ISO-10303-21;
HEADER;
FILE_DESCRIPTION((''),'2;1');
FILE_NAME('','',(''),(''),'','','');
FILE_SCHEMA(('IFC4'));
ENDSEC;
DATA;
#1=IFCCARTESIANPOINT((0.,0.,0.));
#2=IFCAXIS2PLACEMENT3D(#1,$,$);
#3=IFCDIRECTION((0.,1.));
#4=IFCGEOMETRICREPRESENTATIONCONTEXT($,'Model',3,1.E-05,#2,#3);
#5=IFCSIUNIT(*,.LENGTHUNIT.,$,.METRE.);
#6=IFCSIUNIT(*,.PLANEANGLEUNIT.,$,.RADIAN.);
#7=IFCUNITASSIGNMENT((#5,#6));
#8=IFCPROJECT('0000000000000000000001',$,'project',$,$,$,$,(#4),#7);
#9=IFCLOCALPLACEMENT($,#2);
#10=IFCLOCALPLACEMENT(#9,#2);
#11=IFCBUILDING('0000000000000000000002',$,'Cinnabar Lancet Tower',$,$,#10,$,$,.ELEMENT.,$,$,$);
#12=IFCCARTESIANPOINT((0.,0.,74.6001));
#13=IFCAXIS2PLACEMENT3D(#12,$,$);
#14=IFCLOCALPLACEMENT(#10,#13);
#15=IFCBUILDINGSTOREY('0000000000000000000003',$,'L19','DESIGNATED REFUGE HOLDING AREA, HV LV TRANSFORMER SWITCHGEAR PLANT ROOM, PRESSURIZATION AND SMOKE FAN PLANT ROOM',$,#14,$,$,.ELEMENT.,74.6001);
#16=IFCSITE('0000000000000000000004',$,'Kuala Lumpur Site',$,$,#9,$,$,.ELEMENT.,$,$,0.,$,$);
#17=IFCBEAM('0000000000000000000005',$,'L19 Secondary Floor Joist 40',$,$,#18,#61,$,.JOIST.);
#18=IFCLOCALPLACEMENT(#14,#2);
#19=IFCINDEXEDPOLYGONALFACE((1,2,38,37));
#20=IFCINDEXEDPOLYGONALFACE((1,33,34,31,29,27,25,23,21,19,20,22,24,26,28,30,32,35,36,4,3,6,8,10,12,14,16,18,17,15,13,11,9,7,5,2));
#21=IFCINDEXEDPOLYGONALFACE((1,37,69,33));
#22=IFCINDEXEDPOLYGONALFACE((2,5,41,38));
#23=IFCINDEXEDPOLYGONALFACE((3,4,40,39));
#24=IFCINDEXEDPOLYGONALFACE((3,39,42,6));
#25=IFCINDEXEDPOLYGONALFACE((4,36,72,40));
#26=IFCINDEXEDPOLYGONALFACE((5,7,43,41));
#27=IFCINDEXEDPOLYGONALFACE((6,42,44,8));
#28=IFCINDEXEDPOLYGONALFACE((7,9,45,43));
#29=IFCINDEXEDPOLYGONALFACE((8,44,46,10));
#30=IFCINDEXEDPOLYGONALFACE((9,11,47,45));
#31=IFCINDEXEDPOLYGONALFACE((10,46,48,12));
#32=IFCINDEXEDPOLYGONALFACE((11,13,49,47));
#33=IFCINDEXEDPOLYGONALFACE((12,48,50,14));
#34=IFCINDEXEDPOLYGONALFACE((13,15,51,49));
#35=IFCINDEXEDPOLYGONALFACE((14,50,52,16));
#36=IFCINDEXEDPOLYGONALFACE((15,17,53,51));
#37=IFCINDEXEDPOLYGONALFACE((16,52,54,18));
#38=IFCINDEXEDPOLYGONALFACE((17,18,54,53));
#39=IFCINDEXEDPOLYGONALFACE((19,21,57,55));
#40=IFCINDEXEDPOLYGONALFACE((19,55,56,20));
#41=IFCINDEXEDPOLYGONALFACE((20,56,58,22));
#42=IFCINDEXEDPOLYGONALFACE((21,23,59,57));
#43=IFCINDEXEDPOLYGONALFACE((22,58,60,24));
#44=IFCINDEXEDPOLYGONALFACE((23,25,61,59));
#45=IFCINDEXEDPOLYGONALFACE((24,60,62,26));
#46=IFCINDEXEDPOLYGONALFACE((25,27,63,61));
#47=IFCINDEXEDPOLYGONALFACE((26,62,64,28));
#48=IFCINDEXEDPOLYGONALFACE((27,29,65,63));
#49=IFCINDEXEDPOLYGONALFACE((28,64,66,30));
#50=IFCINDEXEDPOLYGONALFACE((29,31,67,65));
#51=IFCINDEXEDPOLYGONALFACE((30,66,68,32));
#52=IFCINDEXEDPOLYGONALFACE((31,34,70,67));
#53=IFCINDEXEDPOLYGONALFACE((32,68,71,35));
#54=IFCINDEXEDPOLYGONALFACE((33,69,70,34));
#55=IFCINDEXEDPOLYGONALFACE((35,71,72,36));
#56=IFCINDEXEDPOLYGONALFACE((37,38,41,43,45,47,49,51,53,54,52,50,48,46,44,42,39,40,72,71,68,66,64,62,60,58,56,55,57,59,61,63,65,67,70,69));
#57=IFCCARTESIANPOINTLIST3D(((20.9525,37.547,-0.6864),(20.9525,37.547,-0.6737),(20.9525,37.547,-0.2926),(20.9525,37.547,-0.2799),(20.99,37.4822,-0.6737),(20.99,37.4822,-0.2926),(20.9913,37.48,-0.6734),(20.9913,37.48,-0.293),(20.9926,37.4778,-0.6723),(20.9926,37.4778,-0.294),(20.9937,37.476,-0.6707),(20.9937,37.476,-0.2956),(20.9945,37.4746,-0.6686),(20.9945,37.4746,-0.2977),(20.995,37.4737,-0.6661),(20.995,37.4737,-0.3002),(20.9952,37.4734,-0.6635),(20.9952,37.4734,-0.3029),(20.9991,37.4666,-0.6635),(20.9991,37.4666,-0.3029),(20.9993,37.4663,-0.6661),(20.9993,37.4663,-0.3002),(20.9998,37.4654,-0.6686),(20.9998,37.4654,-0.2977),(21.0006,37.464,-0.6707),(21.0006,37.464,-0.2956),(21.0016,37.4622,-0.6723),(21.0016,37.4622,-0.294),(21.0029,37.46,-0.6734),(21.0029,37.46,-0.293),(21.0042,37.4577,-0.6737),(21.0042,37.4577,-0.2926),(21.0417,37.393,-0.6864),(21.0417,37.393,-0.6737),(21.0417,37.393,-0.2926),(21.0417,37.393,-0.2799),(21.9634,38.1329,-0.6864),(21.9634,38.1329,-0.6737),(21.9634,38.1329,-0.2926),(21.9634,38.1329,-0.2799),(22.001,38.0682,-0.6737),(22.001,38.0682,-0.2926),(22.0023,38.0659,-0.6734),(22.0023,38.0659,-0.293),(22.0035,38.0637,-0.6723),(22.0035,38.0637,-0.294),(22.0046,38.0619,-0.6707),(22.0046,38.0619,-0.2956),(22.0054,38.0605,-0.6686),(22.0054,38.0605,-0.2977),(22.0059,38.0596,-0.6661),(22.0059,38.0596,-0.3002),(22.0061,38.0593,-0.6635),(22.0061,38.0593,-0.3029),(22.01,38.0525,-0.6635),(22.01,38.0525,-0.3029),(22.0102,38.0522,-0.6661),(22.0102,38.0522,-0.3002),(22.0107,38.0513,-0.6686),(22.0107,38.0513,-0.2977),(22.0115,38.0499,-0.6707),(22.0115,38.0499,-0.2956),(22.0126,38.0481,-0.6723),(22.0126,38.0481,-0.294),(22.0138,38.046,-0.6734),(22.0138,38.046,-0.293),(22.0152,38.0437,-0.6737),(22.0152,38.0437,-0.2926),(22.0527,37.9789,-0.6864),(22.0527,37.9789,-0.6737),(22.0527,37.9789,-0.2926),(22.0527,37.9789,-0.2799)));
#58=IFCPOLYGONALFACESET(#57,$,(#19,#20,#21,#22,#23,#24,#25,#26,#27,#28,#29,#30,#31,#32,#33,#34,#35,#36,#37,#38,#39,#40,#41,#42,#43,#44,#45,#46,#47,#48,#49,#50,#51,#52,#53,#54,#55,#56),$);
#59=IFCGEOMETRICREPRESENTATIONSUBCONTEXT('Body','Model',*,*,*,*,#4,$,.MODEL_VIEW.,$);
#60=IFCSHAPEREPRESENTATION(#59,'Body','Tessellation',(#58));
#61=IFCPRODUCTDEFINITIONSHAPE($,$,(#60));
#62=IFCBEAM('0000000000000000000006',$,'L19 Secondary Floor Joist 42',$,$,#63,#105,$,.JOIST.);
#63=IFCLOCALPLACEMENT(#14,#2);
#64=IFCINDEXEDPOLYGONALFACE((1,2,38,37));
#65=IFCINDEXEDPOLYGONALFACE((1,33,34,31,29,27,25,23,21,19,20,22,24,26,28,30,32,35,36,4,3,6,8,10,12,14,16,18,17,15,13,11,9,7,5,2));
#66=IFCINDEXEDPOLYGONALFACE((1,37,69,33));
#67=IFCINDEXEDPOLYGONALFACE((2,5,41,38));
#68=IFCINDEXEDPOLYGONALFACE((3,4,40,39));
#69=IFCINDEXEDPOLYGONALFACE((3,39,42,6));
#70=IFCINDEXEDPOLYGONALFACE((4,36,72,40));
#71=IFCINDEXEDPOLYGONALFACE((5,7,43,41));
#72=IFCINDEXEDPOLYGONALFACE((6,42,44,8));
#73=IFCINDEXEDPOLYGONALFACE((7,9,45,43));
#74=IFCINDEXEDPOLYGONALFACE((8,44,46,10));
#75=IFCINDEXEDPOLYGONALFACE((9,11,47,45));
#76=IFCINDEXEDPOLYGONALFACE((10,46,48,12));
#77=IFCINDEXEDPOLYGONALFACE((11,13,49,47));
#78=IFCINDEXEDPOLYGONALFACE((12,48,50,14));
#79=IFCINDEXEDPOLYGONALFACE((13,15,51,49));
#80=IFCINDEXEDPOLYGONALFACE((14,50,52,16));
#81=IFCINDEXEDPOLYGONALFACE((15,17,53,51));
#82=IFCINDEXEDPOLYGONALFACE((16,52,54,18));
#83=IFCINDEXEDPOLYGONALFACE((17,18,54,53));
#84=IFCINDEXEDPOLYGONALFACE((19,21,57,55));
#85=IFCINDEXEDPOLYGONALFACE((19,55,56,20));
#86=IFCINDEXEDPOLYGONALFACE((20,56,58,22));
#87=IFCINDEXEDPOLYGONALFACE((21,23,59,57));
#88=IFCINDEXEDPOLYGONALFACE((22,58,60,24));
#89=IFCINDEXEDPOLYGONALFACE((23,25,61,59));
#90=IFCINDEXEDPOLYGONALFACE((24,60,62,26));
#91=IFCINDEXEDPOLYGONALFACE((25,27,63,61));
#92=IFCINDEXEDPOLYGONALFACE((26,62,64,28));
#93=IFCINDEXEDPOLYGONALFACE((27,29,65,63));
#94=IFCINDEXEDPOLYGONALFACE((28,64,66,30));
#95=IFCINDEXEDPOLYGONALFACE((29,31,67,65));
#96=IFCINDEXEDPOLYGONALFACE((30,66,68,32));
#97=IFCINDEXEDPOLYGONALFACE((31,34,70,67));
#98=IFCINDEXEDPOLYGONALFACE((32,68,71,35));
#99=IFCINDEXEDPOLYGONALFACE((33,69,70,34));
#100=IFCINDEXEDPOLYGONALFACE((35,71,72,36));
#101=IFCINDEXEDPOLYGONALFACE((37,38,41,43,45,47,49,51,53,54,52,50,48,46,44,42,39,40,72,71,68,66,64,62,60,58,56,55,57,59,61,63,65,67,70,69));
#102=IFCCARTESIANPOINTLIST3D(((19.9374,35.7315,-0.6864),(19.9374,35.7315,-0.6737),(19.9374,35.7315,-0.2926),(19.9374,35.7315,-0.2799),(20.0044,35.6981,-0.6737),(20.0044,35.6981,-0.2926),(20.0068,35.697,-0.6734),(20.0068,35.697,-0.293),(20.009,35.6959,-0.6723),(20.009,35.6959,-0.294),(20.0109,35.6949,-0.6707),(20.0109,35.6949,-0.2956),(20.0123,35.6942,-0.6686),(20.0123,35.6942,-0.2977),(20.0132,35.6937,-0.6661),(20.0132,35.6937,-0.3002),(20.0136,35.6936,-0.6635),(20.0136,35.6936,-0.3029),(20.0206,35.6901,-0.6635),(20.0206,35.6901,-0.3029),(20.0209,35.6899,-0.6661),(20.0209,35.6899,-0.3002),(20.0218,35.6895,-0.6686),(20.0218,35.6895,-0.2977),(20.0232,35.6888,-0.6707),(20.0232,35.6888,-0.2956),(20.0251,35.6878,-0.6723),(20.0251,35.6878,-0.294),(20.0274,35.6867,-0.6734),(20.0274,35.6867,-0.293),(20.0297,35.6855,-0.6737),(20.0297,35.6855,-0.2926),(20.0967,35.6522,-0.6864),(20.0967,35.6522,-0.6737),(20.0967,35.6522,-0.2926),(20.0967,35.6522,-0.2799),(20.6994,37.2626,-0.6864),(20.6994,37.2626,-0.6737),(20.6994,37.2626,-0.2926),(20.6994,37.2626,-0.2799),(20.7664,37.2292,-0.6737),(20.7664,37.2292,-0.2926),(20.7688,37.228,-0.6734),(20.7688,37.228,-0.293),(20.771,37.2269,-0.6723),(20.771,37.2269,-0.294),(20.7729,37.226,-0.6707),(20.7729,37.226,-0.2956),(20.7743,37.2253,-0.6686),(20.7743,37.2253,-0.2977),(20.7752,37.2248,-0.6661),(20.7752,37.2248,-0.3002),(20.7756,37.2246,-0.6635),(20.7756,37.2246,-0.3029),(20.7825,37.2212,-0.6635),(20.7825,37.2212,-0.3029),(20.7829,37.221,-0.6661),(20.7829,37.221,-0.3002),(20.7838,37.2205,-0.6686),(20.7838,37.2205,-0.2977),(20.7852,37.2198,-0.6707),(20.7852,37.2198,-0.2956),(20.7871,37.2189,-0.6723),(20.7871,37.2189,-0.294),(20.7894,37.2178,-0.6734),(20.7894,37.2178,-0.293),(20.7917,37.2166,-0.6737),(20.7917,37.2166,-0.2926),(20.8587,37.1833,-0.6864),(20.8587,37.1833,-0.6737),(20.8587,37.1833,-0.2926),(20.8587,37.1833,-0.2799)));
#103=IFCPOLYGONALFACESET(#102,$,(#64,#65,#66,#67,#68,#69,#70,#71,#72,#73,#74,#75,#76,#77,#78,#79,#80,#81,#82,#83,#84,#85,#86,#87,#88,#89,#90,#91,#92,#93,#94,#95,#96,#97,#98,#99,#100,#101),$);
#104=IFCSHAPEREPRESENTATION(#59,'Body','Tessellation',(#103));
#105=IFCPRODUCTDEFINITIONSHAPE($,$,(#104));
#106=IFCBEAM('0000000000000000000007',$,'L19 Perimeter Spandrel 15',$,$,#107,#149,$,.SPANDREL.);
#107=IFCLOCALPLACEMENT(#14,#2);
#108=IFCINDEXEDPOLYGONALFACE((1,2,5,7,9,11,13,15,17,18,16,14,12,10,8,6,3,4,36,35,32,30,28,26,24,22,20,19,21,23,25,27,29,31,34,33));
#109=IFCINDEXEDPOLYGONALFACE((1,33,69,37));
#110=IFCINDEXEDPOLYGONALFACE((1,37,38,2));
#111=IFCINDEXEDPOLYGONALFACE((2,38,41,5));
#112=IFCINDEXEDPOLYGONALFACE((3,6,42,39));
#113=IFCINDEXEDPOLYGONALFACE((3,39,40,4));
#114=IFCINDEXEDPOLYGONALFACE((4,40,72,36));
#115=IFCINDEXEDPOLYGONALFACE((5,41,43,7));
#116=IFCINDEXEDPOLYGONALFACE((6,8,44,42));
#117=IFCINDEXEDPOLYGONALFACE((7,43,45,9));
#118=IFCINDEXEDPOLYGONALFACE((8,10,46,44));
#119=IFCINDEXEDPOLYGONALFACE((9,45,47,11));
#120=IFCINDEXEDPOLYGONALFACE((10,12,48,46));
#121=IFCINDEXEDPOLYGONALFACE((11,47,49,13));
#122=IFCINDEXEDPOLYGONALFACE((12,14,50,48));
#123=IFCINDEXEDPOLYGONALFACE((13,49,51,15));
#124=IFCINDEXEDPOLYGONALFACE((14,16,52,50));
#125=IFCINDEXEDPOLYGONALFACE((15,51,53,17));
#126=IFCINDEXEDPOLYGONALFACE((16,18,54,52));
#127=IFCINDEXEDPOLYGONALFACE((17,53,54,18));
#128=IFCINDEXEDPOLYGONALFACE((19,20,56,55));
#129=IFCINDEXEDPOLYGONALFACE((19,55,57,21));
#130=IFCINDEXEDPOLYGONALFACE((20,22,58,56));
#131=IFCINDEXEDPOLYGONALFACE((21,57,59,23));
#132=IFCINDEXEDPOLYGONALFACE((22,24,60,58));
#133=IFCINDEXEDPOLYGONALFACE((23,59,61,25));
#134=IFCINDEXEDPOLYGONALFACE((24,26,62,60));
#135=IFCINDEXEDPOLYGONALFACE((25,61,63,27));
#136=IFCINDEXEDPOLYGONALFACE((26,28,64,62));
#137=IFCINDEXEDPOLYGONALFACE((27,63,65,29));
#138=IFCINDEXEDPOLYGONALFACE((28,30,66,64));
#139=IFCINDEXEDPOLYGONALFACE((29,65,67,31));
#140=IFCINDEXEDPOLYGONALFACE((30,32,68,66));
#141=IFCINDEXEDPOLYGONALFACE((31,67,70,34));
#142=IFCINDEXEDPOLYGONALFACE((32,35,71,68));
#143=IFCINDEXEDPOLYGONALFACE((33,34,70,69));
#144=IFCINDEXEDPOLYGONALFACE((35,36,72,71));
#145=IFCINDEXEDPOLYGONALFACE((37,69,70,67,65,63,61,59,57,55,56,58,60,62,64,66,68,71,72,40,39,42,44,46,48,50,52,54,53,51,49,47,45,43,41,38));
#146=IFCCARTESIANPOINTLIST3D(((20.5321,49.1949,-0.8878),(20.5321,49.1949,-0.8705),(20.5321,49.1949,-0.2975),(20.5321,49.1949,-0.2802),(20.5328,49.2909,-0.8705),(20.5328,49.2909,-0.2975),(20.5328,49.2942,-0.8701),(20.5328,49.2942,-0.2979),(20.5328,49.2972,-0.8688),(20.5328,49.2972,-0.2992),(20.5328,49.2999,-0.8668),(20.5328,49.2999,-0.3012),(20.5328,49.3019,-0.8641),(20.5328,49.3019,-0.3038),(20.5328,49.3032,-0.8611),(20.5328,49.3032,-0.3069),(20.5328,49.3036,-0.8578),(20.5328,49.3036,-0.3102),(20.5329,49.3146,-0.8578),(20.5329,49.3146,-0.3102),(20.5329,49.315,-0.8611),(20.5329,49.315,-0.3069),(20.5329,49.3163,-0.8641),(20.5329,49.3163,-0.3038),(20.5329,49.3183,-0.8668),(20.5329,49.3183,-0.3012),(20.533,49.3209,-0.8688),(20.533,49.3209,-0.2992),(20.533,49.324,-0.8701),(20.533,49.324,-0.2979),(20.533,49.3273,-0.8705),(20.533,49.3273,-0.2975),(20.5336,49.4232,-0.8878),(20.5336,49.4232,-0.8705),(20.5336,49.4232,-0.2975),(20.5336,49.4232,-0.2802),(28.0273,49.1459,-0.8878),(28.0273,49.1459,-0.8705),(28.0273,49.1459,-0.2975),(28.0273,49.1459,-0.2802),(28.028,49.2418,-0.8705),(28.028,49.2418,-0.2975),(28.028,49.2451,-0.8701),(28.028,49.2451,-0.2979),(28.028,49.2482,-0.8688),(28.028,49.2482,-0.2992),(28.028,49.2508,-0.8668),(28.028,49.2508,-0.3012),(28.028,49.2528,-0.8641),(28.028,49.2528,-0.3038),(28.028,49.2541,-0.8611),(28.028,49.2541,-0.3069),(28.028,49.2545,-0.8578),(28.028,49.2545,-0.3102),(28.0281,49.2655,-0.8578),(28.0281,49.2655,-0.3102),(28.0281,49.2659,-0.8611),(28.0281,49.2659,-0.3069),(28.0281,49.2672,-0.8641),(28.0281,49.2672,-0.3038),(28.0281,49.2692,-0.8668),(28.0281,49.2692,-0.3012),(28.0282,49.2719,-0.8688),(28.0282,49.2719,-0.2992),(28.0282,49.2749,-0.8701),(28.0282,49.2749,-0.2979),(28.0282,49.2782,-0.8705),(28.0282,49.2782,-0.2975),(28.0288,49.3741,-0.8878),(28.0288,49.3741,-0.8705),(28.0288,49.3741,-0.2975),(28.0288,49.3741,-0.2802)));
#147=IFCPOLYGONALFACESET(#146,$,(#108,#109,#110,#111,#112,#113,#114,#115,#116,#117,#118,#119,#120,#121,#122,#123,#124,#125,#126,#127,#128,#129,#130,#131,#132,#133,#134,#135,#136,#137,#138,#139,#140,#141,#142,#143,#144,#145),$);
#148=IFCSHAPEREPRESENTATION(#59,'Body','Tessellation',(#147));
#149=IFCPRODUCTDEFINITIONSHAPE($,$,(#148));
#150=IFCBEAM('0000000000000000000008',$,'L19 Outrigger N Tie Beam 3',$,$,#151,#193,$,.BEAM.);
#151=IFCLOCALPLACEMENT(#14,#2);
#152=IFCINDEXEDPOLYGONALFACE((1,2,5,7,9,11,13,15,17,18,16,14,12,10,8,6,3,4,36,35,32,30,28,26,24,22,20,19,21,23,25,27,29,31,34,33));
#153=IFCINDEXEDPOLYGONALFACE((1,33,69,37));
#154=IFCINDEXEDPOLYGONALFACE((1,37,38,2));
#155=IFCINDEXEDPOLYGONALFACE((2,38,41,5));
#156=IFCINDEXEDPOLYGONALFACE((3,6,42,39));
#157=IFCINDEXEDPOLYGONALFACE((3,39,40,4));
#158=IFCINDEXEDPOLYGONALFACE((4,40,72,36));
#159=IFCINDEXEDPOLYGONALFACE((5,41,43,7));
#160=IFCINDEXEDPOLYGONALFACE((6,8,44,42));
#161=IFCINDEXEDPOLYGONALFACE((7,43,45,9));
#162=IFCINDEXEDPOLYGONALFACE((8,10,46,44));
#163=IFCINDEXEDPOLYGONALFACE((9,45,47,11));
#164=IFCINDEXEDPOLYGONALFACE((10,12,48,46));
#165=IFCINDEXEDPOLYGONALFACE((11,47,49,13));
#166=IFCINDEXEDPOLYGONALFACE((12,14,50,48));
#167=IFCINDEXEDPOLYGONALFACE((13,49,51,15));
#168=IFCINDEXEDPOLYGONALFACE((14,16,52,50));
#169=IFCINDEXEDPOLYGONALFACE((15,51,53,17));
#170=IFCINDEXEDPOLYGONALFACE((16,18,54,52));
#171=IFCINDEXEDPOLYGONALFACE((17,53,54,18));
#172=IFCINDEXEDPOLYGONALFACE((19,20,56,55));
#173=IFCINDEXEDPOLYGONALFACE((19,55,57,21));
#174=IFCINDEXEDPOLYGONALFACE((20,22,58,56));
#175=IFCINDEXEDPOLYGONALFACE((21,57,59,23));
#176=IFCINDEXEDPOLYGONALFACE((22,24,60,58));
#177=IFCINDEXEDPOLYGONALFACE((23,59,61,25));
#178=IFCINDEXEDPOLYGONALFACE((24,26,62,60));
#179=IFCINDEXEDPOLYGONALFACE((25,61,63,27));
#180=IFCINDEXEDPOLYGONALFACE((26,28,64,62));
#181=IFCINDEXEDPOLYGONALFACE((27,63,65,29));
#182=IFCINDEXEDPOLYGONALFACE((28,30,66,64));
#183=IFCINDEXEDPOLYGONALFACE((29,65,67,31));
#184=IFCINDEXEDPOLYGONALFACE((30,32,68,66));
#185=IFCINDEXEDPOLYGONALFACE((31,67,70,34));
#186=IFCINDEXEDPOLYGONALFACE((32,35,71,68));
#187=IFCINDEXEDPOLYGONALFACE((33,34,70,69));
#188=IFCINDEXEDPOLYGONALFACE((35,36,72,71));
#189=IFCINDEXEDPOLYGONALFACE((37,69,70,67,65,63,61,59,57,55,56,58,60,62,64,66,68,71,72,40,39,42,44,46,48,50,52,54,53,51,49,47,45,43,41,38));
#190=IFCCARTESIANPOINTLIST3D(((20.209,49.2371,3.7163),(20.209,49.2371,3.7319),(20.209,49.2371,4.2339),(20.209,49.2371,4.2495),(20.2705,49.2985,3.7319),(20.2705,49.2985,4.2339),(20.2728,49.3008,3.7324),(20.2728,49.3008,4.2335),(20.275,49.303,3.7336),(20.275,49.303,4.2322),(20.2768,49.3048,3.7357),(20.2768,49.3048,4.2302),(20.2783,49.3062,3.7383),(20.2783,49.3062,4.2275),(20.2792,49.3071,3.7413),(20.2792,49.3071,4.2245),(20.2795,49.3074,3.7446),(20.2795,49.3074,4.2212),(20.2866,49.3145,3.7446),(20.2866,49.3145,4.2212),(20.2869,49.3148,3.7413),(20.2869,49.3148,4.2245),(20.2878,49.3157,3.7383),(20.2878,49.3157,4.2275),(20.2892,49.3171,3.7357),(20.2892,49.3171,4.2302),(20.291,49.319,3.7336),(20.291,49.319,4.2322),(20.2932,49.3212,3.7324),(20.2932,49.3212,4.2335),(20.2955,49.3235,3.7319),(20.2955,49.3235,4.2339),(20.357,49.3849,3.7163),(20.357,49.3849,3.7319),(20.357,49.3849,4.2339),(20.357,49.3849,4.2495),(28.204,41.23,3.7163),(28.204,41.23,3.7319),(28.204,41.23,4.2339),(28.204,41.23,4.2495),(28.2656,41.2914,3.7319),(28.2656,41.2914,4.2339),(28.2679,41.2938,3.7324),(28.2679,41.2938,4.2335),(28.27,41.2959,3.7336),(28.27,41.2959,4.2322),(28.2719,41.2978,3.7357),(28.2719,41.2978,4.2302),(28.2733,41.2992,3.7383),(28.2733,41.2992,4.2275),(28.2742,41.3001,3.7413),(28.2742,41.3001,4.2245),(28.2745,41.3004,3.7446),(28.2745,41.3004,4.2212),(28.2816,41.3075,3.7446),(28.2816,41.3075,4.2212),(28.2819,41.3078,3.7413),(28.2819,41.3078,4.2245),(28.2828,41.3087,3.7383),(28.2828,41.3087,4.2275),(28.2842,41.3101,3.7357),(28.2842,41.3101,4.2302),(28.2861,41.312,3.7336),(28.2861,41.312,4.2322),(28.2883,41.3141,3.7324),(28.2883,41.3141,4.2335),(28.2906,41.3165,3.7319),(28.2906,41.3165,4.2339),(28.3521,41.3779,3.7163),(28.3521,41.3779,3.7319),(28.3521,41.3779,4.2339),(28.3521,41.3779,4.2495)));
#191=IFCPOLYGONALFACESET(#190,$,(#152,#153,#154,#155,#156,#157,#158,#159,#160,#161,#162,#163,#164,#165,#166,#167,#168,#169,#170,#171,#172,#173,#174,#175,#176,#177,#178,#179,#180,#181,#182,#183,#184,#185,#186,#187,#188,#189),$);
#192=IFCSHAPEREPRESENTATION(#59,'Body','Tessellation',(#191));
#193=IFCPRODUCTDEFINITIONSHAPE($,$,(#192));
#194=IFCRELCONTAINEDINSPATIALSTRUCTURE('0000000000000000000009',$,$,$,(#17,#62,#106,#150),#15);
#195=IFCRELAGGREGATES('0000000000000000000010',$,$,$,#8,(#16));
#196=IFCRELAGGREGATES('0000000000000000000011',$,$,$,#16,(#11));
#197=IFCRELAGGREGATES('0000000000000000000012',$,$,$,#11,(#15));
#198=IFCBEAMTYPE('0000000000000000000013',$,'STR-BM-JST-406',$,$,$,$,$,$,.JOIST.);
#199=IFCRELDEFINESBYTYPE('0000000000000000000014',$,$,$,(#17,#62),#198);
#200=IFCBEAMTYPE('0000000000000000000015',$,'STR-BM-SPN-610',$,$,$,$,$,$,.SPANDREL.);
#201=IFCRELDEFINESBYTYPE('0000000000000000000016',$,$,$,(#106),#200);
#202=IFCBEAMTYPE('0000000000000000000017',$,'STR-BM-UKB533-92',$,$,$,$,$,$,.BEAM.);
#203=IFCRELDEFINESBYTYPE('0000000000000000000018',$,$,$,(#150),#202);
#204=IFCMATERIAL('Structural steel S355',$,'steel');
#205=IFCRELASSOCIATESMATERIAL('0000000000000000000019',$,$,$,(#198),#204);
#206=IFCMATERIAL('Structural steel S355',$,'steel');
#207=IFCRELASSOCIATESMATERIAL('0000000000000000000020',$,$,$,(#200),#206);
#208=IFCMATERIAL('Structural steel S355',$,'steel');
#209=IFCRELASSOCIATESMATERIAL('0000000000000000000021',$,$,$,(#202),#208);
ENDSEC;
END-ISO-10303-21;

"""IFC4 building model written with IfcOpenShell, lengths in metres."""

from ifc_helpers import new_model, si_unit, direction, frame, origin, origin_2d, place, context, subcontext, project, spatial, i_section, extrude, material, material_profile, profile_set, type_object, element, save


model = new_model("IFC4")

# Units and contexts
model_context = context("Model", 3, precision=1e-05, world=origin(), true_north=direction((0.0, 1.0)))
body_context = subcontext(model_context, "Body", "Model", "MODEL_VIEW")
ifc_project = project(units=[si_unit("LENGTHUNIT", "METRE"), si_unit("PLANEANGLEUNIT", "RADIAN")], contexts=[model_context])

# Site, building, storey
site_placement = place(None, origin())
site = spatial("IfcSite", under=ifc_project, at=site_placement, Name="Kuala Lumpur Site", CompositionType="ELEMENT", RefElevation=0.0)
building_placement = place(site_placement, origin())
building = spatial("IfcBuilding", under=site, at=building_placement, Name="Cinnabar Lancet Tower", CompositionType="ELEMENT")
storey_placement = place(building_placement, frame((0.0, 0.0, 74.6001)))
storey = spatial("IfcBuildingStorey", under=building, at=storey_placement, Name="L19", Description="DESIGNATED REFUGE HOLDING AREA, HV LV TRANSFORMER SWITCHGEAR PLANT ROOM, PRESSURIZATION AND SMOKE FAN PLANT ROOM", CompositionType="ELEMENT", Elevation=74.6001)

# Beams
ifc_material_1 = material(Name="Structural steel S355", Category="steel")
ifc_material_profile_1 = material_profile(ifc_material_1, i_section(OverallWidth=0.178, OverallDepth=0.4065, WebThickness=0.0078, FlangeThickness=0.0127, FilletRadius=0.0103, at=origin_2d()), Name="UKB 406x178x60")
ifc_profile_set_1 = profile_set([ifc_material_profile_1], Name="Structural steel S355")
beam_type_1 = type_object("IfcBeamType", Name="STR-BM-JST-406", PredefinedType="JOIST", material=ifc_profile_set_1)
beam_1_placement = place(storey_placement, frame((22.0081, 38.0559, -0.4832), z_axis=(-0.865193, -0.50144, 0.0), x_axis=(0.50144, -0.865193, 0.0)))
element("IfcBeam", 1, at=beam_1_placement, inside=storey, type_object=beam_type_1, Name="L19 Secondary Floor Joist 40", PredefinedType="JOIST", context=body_context, shape_type="SweptSolid", body=[
    extrude(i_section(OverallWidth=0.178, OverallDepth=0.4065, WebThickness=0.0078, FlangeThickness=0.0127, FilletRadius=0.0103, at=origin_2d()), origin(), (0.0, 0.0, 1.0), 1.1685),
])
beam_2_placement = place(storey_placement, frame((20.7791, 37.2229, -0.4832), z_axis=(-0.445557, -0.895254, 0.0), x_axis=(0.895254, -0.445557, 0.0)))
element("IfcBeam", 2, at=beam_2_placement, inside=storey, type_object=beam_type_1, Name="L19 Secondary Floor Joist 42", PredefinedType="JOIST", context=body_context, shape_type="SweptSolid", body=[
    extrude(i_section(OverallWidth=0.178, OverallDepth=0.4065, WebThickness=0.0078, FlangeThickness=0.0127, FilletRadius=0.0103, at=origin_2d()), origin(), (0.0, 0.0, 1.0), 1.7102),
])
ifc_material_2 = material(Name="Structural steel S355", Category="steel")
ifc_material_profile_2 = material_profile(ifc_material_2, i_section(OverallWidth=0.2283, OverallDepth=0.6077, WebThickness=0.011, FlangeThickness=0.0173, FilletRadius=0.0127, at=origin_2d()), Name="UKB 610x229x113")
ifc_profile_set_2 = profile_set([ifc_material_profile_2], Name="Structural steel S355")
beam_type_2 = type_object("IfcBeamType", Name="STR-BM-SPN-610", PredefinedType="SPANDREL", material=ifc_profile_set_2)
beam_3_placement = place(storey_placement, frame((28.0281, 49.26, -0.584), z_axis=(-0.999979, 0.006547, 0.0), x_axis=(-0.006547, -0.999979, 0.0)))
element("IfcBeam", 3, at=beam_3_placement, inside=storey, type_object=beam_type_2, Name="L19 Perimeter Spandrel 15", PredefinedType="SPANDREL", context=body_context, shape_type="SweptSolid", body=[
    extrude(i_section(OverallWidth=0.2283, OverallDepth=0.6077, WebThickness=0.011, FlangeThickness=0.0173, FilletRadius=0.0127, at=origin_2d()), origin(), (0.0, 0.0, 1.0), 7.4954),
])
ifc_material_3 = material(Name="Structural steel S355", Category="steel")
ifc_material_profile_3 = material_profile(ifc_material_3, i_section(OverallWidth=0.2092, OverallDepth=0.5332, WebThickness=0.01, FlangeThickness=0.0156, FilletRadius=0.0127, at=origin_2d()), Name="UKB 533x210x92")
ifc_profile_set_3 = profile_set([ifc_material_profile_3], Name="Structural steel S355")
beam_type_3 = type_object("IfcBeamType", Name="STR-BM-UKB533-92", PredefinedType="BEAM", material=ifc_profile_set_3)
beam_4_placement = place(storey_placement, frame((28.2781, 41.304, 3.9829), z_axis=(-0.706578, 0.707635, 0.0), x_axis=(-0.707635, -0.706578, 0.0)))
element("IfcBeam", 4, at=beam_4_placement, inside=storey, type_object=beam_type_3, Name="L19 Outrigger N Tie Beam 3", PredefinedType="BEAM", context=body_context, shape_type="SweptSolid", body=[
    extrude(i_section(OverallWidth=0.2092, OverallDepth=0.5332, WebThickness=0.01, FlangeThickness=0.0156, FilletRadius=0.0127, at=origin_2d()), origin(), (0.0, 0.0, 1.0), 11.3152),
])

save(model, "model.ifc")
